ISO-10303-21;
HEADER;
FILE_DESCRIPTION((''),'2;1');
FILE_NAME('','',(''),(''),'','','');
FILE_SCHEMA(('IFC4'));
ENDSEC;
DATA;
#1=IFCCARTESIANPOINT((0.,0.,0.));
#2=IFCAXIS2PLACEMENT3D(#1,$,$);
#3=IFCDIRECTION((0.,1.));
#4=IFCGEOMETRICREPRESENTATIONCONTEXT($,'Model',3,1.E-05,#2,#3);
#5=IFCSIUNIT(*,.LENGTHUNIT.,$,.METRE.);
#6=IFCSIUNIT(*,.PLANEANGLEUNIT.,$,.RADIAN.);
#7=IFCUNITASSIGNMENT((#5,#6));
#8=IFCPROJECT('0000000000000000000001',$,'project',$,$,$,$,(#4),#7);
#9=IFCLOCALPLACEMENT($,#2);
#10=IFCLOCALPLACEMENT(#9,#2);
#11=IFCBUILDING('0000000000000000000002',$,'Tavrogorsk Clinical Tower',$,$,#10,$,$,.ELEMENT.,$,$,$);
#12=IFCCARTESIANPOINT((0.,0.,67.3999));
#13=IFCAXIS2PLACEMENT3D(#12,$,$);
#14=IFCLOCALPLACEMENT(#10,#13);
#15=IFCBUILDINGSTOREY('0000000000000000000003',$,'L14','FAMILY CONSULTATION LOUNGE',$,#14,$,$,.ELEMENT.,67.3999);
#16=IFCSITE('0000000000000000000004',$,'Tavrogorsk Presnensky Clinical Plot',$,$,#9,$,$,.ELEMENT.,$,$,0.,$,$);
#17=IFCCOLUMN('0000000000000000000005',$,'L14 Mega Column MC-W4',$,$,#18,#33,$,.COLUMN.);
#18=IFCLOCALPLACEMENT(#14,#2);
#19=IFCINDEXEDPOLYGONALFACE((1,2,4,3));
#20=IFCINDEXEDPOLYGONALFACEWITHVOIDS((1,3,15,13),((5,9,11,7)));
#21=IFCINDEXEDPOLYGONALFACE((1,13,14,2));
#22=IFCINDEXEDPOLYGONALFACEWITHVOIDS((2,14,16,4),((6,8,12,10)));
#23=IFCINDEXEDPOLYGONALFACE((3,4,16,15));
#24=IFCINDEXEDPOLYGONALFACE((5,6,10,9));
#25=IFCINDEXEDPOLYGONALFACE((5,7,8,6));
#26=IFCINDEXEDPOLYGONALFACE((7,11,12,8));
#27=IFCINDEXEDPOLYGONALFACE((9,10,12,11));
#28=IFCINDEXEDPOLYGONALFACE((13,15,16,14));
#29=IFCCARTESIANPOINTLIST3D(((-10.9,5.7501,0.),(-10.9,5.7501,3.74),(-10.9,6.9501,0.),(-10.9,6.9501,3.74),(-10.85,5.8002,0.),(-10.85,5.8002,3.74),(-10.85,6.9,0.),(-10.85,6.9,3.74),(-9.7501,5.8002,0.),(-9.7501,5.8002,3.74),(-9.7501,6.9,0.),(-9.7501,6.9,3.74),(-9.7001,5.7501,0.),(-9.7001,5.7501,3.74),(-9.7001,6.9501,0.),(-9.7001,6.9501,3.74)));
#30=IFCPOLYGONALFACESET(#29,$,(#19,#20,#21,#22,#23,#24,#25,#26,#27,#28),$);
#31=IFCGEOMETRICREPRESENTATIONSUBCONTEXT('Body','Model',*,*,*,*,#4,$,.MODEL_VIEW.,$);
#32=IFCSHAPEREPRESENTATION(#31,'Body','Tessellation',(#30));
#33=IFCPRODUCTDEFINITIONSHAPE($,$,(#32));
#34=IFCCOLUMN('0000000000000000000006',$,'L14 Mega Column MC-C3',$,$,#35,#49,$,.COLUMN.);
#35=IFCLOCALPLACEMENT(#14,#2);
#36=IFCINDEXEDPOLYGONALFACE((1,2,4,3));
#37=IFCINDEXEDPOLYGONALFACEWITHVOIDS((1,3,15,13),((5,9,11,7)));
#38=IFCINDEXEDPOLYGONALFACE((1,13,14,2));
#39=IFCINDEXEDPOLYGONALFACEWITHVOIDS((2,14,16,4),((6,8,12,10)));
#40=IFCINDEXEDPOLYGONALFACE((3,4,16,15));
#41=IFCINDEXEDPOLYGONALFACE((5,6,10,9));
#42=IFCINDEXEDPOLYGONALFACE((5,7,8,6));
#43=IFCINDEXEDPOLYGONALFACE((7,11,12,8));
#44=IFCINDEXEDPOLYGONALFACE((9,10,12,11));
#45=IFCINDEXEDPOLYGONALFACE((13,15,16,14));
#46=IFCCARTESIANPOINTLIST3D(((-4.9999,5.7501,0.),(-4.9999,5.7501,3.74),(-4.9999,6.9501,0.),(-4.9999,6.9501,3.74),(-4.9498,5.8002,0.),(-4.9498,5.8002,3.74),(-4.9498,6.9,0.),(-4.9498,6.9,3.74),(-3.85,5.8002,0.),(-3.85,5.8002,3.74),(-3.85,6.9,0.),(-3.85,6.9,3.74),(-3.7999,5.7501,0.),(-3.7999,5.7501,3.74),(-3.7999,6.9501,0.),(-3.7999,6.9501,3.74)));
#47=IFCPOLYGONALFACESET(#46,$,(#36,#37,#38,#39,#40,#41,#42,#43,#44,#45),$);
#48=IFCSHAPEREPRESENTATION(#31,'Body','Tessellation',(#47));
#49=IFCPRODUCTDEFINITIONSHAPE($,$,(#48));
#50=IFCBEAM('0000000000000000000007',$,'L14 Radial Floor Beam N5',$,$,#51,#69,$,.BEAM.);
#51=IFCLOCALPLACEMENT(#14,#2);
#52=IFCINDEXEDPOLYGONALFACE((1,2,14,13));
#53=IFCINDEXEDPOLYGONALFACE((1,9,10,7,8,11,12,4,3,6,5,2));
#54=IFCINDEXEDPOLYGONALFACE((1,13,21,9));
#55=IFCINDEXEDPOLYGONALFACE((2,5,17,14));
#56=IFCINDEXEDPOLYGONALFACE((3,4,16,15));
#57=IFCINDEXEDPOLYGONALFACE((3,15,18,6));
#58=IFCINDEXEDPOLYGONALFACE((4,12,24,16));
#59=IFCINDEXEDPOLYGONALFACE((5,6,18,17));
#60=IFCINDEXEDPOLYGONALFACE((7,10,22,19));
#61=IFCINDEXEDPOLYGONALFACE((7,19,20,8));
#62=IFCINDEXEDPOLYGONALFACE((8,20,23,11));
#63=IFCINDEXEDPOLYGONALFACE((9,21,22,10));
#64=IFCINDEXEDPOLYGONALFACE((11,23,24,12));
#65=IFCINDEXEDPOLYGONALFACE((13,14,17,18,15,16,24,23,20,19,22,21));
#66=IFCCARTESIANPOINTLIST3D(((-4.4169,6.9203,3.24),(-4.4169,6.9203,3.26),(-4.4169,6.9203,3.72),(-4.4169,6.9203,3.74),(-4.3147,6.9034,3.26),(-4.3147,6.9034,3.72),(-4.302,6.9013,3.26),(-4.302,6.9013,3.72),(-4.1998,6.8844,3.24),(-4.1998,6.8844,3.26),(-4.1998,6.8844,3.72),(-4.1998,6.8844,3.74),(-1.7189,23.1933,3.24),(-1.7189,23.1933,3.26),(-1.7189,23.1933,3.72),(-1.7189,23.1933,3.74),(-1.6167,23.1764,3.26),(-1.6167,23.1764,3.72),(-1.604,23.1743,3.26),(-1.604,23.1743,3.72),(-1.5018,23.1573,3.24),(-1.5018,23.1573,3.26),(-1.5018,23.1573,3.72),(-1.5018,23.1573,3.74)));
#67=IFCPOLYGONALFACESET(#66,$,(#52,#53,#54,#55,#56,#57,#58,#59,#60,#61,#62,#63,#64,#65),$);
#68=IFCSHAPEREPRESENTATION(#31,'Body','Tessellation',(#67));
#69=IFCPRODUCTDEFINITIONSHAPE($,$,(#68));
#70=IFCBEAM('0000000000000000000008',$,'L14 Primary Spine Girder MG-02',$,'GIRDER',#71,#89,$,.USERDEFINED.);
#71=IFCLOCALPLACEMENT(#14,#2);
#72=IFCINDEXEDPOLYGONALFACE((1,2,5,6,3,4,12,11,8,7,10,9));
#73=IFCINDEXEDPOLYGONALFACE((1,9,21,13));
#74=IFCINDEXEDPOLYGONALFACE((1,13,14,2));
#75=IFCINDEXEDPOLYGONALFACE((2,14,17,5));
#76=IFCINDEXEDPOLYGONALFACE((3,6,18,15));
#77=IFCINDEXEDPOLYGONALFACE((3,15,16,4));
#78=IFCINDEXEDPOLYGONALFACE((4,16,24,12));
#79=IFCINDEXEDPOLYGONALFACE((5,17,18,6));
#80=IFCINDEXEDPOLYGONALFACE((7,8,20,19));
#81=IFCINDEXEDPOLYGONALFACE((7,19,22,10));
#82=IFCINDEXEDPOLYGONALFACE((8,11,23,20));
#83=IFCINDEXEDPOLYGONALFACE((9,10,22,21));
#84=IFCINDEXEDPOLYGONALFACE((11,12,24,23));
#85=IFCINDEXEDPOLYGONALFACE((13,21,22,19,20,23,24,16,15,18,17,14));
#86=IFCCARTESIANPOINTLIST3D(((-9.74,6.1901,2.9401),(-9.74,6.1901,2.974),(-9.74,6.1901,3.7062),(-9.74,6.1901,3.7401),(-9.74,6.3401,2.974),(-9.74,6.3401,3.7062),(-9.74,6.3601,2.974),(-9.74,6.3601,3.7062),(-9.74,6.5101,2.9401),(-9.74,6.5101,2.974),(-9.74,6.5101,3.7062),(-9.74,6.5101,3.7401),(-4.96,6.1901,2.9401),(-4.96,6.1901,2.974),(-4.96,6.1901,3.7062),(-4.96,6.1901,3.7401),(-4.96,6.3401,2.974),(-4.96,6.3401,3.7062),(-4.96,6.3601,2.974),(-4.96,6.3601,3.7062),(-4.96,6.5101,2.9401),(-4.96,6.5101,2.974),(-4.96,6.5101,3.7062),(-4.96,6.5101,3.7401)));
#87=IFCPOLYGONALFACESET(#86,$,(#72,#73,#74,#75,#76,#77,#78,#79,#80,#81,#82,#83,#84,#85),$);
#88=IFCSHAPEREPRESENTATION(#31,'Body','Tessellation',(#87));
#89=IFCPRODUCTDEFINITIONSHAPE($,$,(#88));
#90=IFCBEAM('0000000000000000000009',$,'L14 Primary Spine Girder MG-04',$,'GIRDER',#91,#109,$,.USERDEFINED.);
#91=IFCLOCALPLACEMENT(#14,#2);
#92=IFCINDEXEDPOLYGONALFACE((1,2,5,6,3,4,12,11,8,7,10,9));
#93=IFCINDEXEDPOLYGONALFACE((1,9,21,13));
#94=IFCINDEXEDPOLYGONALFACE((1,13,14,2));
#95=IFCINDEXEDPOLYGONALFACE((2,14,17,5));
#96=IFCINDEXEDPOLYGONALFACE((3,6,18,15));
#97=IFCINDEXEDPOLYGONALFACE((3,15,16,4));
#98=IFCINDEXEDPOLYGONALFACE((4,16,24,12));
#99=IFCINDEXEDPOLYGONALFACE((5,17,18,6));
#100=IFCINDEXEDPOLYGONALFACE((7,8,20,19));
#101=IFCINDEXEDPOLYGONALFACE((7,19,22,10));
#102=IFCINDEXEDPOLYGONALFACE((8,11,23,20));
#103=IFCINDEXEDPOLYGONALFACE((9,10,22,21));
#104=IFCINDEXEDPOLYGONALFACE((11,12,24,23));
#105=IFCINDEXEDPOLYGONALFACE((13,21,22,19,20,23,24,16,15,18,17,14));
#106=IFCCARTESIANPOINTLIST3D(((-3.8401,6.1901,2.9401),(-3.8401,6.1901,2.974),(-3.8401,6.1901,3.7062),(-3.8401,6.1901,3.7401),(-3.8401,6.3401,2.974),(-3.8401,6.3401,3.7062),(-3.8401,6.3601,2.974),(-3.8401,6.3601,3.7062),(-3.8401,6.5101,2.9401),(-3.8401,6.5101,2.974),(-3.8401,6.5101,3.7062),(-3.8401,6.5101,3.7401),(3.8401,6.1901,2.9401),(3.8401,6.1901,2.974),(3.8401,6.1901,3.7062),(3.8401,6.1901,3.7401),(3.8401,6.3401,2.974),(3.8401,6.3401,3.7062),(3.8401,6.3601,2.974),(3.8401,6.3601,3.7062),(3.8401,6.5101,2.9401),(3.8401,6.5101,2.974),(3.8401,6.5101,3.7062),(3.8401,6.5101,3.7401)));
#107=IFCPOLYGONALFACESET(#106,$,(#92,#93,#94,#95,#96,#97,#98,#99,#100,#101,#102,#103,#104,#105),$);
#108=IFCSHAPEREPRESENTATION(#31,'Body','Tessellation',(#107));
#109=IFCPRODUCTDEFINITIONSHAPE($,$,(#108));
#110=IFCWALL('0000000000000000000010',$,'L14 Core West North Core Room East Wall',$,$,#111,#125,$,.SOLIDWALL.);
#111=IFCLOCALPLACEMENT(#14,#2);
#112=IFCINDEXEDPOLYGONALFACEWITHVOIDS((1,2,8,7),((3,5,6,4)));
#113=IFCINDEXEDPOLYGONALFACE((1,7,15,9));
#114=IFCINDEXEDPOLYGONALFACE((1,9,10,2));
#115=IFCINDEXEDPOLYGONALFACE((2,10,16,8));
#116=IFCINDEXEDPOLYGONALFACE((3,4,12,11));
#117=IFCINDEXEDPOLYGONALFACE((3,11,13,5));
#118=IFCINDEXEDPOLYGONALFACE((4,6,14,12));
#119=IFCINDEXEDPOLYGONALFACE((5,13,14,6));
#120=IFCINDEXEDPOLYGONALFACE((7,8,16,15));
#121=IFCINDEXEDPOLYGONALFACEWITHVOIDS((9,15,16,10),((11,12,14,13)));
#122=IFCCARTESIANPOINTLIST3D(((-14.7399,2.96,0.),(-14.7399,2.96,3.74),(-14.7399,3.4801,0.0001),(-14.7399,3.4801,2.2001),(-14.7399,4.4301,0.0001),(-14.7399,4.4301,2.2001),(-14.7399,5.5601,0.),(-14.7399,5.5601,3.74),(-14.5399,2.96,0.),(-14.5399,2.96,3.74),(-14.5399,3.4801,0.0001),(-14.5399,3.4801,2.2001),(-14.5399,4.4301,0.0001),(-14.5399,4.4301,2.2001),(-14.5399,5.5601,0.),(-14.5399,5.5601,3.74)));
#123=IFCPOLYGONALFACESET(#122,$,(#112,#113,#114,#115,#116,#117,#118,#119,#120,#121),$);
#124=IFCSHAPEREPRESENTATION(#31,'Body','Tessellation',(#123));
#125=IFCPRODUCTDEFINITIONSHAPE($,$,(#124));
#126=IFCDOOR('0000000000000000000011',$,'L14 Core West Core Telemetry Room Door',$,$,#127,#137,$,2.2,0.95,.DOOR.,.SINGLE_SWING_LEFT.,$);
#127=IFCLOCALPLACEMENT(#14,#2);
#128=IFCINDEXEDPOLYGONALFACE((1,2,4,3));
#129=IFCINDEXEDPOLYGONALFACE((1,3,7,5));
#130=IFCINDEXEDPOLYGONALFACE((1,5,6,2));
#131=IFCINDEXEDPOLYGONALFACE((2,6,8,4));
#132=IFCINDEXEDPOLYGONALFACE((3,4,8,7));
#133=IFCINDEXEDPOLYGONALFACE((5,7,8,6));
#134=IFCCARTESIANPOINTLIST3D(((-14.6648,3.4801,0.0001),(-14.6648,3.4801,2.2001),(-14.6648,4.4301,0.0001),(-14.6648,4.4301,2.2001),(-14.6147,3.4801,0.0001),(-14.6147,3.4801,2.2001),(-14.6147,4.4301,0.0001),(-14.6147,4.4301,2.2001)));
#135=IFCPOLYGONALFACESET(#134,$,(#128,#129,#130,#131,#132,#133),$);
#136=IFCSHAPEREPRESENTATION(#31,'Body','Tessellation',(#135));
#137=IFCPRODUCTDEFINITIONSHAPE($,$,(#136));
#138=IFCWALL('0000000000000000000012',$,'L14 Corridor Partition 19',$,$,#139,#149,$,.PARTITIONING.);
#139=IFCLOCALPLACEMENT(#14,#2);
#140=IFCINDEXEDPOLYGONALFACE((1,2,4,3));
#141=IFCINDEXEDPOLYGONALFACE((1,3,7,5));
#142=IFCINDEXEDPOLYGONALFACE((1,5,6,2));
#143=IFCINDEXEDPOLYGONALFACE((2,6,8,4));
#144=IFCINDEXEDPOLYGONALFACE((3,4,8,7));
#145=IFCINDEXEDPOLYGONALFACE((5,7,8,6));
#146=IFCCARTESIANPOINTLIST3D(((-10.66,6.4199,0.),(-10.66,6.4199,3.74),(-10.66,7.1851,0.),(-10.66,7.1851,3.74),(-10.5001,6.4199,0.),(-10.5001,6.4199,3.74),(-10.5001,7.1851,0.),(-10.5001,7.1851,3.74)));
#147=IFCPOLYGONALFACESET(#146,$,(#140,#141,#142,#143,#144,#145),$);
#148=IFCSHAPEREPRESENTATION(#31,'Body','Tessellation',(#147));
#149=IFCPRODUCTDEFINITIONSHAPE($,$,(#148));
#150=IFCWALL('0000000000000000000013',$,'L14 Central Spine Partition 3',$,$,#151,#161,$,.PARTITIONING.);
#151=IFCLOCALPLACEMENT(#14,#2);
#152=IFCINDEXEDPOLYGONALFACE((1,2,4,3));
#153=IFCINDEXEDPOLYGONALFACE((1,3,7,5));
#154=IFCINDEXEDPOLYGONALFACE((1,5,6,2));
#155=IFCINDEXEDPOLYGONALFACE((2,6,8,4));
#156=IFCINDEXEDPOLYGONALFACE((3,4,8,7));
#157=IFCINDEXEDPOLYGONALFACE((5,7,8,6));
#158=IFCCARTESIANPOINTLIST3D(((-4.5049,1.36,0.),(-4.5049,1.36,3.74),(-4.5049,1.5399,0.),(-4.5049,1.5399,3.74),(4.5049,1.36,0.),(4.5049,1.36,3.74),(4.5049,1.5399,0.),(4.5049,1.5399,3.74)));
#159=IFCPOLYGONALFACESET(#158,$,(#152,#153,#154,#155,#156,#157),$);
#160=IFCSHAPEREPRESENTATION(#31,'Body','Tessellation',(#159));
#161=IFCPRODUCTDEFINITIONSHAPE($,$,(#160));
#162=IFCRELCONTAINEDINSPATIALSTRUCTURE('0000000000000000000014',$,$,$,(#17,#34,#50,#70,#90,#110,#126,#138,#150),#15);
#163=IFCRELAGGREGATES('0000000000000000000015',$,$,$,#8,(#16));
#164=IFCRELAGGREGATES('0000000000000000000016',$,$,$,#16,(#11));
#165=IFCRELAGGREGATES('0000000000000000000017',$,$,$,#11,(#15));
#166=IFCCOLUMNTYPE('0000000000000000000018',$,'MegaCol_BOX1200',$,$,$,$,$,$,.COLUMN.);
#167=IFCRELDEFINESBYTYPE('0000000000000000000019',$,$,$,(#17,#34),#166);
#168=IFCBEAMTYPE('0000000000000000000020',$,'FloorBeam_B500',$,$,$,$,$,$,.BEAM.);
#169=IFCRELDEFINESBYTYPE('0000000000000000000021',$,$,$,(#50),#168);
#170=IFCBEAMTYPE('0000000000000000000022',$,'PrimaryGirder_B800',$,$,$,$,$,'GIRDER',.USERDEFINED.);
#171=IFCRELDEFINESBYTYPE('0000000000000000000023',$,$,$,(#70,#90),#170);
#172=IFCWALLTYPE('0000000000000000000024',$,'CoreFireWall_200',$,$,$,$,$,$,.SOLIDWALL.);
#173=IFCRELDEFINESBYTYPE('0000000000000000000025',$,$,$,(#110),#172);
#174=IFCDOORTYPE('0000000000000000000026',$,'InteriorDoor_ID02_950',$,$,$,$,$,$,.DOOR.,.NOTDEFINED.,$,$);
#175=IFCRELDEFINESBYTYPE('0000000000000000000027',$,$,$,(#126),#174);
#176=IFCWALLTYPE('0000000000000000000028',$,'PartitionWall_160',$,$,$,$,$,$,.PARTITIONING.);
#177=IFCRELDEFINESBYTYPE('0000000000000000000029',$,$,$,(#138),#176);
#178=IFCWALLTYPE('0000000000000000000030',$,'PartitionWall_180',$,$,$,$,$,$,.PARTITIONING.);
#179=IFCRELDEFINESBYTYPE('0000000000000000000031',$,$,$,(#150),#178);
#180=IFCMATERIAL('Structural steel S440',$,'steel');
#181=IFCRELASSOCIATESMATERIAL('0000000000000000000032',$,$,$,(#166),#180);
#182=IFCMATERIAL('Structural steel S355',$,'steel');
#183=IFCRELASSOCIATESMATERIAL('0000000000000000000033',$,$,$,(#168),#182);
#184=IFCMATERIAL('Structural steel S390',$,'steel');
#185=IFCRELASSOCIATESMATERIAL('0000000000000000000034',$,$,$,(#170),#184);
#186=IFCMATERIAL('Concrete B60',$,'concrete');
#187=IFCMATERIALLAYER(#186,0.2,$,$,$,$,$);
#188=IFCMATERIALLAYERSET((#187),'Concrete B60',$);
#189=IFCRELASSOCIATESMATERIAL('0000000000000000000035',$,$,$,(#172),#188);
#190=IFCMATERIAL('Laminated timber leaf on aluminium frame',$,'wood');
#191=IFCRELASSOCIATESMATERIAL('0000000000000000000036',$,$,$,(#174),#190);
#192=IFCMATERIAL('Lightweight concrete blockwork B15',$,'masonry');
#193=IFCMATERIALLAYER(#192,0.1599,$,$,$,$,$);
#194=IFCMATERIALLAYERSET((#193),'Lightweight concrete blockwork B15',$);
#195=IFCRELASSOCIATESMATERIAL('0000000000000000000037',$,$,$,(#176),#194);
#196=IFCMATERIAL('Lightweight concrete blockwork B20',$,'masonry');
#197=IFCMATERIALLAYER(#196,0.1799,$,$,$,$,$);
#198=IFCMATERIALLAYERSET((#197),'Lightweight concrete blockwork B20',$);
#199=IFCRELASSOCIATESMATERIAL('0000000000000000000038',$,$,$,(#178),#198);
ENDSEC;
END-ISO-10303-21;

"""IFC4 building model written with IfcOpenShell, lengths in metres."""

from ifc_helpers import new_model, si_unit, direction, frame, frame_2d, origin, origin_2d, place, context, subcontext, project, spatial, rectangle, hollow_rectangle, i_section, extrude, material, layer, layer_set, material_profile, profile_set, type_object, element, fill, save


model = new_model("IFC4")

# Units and contexts
model_context = context("Model", 3, precision=1e-05, world=origin(), true_north=direction((0.0, 1.0)))
body_context = subcontext(model_context, "Body", "Model", "MODEL_VIEW")
ifc_project = project(units=[si_unit("LENGTHUNIT", "METRE"), si_unit("PLANEANGLEUNIT", "RADIAN")], contexts=[model_context])

# Site, building, storey
site_placement = place(None, origin())
site = spatial("IfcSite", under=ifc_project, at=site_placement, Name="Tavrogorsk Presnensky Clinical Plot", CompositionType="ELEMENT", RefElevation=0.0)
building_placement = place(site_placement, origin())
building = spatial("IfcBuilding", under=site, at=building_placement, Name="Tavrogorsk Clinical Tower", CompositionType="ELEMENT")
storey_placement = place(building_placement, frame((0.0, 0.0, 67.3999)))
storey = spatial("IfcBuildingStorey", under=building, at=storey_placement, Name="L14", Description="FAMILY CONSULTATION LOUNGE", CompositionType="ELEMENT", Elevation=67.3999)

# Columns
ifc_material_1 = material(Name="Structural steel S440", Category="steel")
ifc_material_profile_1 = material_profile(ifc_material_1, hollow_rectangle(XDim=1.2, YDim=1.2, WallThickness=0.05, at=origin_2d()), Name="BOX-1200x1200x50")
ifc_profile_set_1 = profile_set([ifc_material_profile_1], Name="Structural steel S440")
column_type = type_object("IfcColumnType", Name="MegaCol_BOX1200", PredefinedType="COLUMN", material=ifc_profile_set_1)
for number, where, z_axis, x_axis, name in (
    (1, (-10.3, 6.3501, 0.0), (0.0, 0.0, 1.0), (1.0, 0.0, 0.0), "L14 Mega Column MC-W4"),
    (2, (-4.3999, 6.3501, 0.0), (0.0, 0.0, 1.0), (1.0, 0.0, 0.0), "L14 Mega Column MC-C3"),
):
    element("IfcColumn", number, at=place(storey_placement, frame(where, z_axis=z_axis, x_axis=x_axis)), inside=storey, type_object=column_type, Name=name, PredefinedType="COLUMN", context=body_context, shape_type="SweptSolid", body=[
        extrude(hollow_rectangle(XDim=1.2, YDim=1.2, WallThickness=0.05, at=origin_2d()), origin(), (0.0, 0.0, 1.0), 3.74),
    ])

# Beams
ifc_material_2 = material(Name="Structural steel S355", Category="steel")
ifc_material_profile_2 = material_profile(ifc_material_2, i_section(OverallWidth=0.22, OverallDepth=0.5, WebThickness=0.0129, FlangeThickness=0.02, at=origin_2d()), Name="B-500x220x13x20")
ifc_profile_set_2 = profile_set([ifc_material_profile_2], Name="Structural steel S355")
beam_type_1 = type_object("IfcBeamType", Name="FloorBeam_B500", PredefinedType="BEAM", material=ifc_profile_set_2)
beam_1_placement = place(storey_placement, frame((-4.3083, 6.9023, 3.49), z_axis=(0.163564, 0.986533, 0.0), x_axis=(-0.986533, 0.163564, 0.0)))
element("IfcBeam", 3, at=beam_1_placement, inside=storey, type_object=beam_type_1, Name="L14 Radial Floor Beam N5", PredefinedType="BEAM", context=body_context, shape_type="SweptSolid", body=[
    extrude(i_section(OverallWidth=0.22, OverallDepth=0.5, WebThickness=0.0129, FlangeThickness=0.02, at=origin_2d()), origin(), (0.0, 0.0, 1.0), 16.4951),
])
ifc_material_3 = material(Name="Structural steel S390", Category="steel")
ifc_material_profile_3 = material_profile(ifc_material_3, i_section(OverallWidth=0.3201, OverallDepth=0.8, WebThickness=0.02, FlangeThickness=0.0339, at=origin_2d()), Name="B-800x320x20x34")
ifc_profile_set_3 = profile_set([ifc_material_profile_3], Name="Structural steel S390")
beam_type_2 = type_object("IfcBeamType", Name="PrimaryGirder_B800", ElementType="GIRDER", PredefinedType="USERDEFINED", material=ifc_profile_set_3)
beam_2_placement = place(storey_placement, frame((-9.74, 6.3501, 3.3401), z_axis=(1.0, 0.0, 0.0), x_axis=(0.0, 1.0, 0.0)))
element("IfcBeam", 4, at=beam_2_placement, inside=storey, type_object=beam_type_2, Name="L14 Primary Spine Girder MG-02", ObjectType="GIRDER", PredefinedType="USERDEFINED", context=body_context, shape_type="SweptSolid", body=[
    extrude(i_section(OverallWidth=0.3201, OverallDepth=0.8, WebThickness=0.02, FlangeThickness=0.0339, at=origin_2d()), origin(), (0.0, 0.0, 1.0), 4.78),
])
beam_3_placement = place(storey_placement, frame((-3.8401, 6.3501, 3.3401), z_axis=(1.0, 0.0, 0.0), x_axis=(0.0, 1.0, 0.0)))
element("IfcBeam", 5, at=beam_3_placement, inside=storey, type_object=beam_type_2, Name="L14 Primary Spine Girder MG-04", ObjectType="GIRDER", PredefinedType="USERDEFINED", context=body_context, shape_type="SweptSolid", body=[
    extrude(i_section(OverallWidth=0.3201, OverallDepth=0.8, WebThickness=0.02, FlangeThickness=0.0339, at=origin_2d()), origin(), (0.0, 0.0, 1.0), 7.6802),
])

# Wall, opening, door
ifc_material_4 = material(Name="Concrete B60", Category="concrete")
ifc_layer_1 = layer(ifc_material_4, 0.2)
ifc_layer_set_1 = layer_set([ifc_layer_1], Name="Concrete B60")
wall_type_1 = type_object("IfcWallType", Name="CoreFireWall_200", PredefinedType="SOLIDWALL", material=ifc_layer_set_1)
wall_1_placement = place(storey_placement, frame((-14.6399, 2.96, 0.0), z_axis=(0.0, 0.0, 1.0), x_axis=(0.0, 1.0, 0.0)))
wall_1 = element("IfcWall", 6, at=wall_1_placement, inside=storey, type_object=wall_type_1, Name="L14 Core West North Core Room East Wall", PredefinedType="SOLIDWALL", context=body_context, shape_type="SweptSolid", body=[
    extrude(rectangle(XDim=2.6001, YDim=0.2, at=frame_2d((1.3, 0.0))), origin(), (0.0, 0.0, 1.0), 3.74),
])
opening_1_placement = place(wall_1_placement, frame((0.52, 0.0, 0.0)))
opening_1 = element("IfcOpeningElement", 7, at=opening_1_placement, cuts=wall_1, PredefinedType="OPENING", context=body_context, shape_type="SweptSolid", body=[
    extrude(rectangle(XDim=0.95, YDim=2.2, at=frame_2d((0.4751, 1.1001))), frame((0.0, 0.1099, 0.0), z_axis=(0.0, -1.0, 0.0), x_axis=(1.0, 0.0, 0.0)), (0.0, 0.0, 1.0), 0.22),
])
ifc_material_5 = material(Name="Laminated timber leaf on aluminium frame", Category="wood")
door_type_1 = type_object("IfcDoorType", Name="InteriorDoor_ID02_950", OperationType="NOTDEFINED", PredefinedType="DOOR", material=ifc_material_5)
door_1_placement = place(opening_1_placement, origin())
door_1 = element("IfcDoor", 8, at=door_1_placement, inside=storey, type_object=door_type_1, Name="L14 Core West Core Telemetry Room Door", OperationType="SINGLE_SWING_LEFT", OverallHeight=2.2, OverallWidth=0.95, PredefinedType="DOOR", context=body_context, shape_type="SweptSolid", body=[
    extrude(rectangle(XDim=0.95, YDim=2.2, at=frame_2d((0.4751, 1.1001))), frame((0.0, 0.0249, 0.0), z_axis=(0.0, -1.0, 0.0), x_axis=(1.0, 0.0, 0.0)), (0.0, 0.0, 1.0), 0.05),
])
fill(opening_1, door_1)

# Walls
ifc_material_6 = material(Name="Lightweight concrete blockwork B15", Category="masonry")
ifc_layer_2 = layer(ifc_material_6, 0.1599)
ifc_layer_set_2 = layer_set([ifc_layer_2], Name="Lightweight concrete blockwork B15")
wall_type_2 = type_object("IfcWallType", Name="PartitionWall_160", PredefinedType="PARTITIONING", material=ifc_layer_set_2)
wall_2_placement = place(storey_placement, frame((-10.5801, 6.4199, 0.0), z_axis=(0.0, 0.0, 1.0), x_axis=(0.0, 1.0, 0.0)))
element("IfcWall", 9, at=wall_2_placement, inside=storey, type_object=wall_type_2, Name="L14 Corridor Partition 19", PredefinedType="PARTITIONING", context=body_context, shape_type="SweptSolid", body=[
    extrude(rectangle(XDim=0.7651, YDim=0.1599, at=frame_2d((0.3826, 0.0))), origin(), (0.0, 0.0, 1.0), 3.74),
])
ifc_material_7 = material(Name="Lightweight concrete blockwork B20", Category="masonry")
ifc_layer_3 = layer(ifc_material_7, 0.1799)
ifc_layer_set_3 = layer_set([ifc_layer_3], Name="Lightweight concrete blockwork B20")
wall_type_3 = type_object("IfcWallType", Name="PartitionWall_180", PredefinedType="PARTITIONING", material=ifc_layer_set_3)
wall_3_placement = place(storey_placement, frame((-4.5049, 1.45, 0.0), z_axis=(0.0, 0.0, 1.0), x_axis=(1.0, 0.0, 0.0)))
element("IfcWall", 10, at=wall_3_placement, inside=storey, type_object=wall_type_3, Name="L14 Central Spine Partition 3", PredefinedType="PARTITIONING", context=body_context, shape_type="SweptSolid", body=[
    extrude(rectangle(XDim=9.0098, YDim=0.1799, at=frame_2d((4.5049, 0.0))), origin(), (0.0, 0.0, 1.0), 3.74),
])

save(model, "model.ifc")
